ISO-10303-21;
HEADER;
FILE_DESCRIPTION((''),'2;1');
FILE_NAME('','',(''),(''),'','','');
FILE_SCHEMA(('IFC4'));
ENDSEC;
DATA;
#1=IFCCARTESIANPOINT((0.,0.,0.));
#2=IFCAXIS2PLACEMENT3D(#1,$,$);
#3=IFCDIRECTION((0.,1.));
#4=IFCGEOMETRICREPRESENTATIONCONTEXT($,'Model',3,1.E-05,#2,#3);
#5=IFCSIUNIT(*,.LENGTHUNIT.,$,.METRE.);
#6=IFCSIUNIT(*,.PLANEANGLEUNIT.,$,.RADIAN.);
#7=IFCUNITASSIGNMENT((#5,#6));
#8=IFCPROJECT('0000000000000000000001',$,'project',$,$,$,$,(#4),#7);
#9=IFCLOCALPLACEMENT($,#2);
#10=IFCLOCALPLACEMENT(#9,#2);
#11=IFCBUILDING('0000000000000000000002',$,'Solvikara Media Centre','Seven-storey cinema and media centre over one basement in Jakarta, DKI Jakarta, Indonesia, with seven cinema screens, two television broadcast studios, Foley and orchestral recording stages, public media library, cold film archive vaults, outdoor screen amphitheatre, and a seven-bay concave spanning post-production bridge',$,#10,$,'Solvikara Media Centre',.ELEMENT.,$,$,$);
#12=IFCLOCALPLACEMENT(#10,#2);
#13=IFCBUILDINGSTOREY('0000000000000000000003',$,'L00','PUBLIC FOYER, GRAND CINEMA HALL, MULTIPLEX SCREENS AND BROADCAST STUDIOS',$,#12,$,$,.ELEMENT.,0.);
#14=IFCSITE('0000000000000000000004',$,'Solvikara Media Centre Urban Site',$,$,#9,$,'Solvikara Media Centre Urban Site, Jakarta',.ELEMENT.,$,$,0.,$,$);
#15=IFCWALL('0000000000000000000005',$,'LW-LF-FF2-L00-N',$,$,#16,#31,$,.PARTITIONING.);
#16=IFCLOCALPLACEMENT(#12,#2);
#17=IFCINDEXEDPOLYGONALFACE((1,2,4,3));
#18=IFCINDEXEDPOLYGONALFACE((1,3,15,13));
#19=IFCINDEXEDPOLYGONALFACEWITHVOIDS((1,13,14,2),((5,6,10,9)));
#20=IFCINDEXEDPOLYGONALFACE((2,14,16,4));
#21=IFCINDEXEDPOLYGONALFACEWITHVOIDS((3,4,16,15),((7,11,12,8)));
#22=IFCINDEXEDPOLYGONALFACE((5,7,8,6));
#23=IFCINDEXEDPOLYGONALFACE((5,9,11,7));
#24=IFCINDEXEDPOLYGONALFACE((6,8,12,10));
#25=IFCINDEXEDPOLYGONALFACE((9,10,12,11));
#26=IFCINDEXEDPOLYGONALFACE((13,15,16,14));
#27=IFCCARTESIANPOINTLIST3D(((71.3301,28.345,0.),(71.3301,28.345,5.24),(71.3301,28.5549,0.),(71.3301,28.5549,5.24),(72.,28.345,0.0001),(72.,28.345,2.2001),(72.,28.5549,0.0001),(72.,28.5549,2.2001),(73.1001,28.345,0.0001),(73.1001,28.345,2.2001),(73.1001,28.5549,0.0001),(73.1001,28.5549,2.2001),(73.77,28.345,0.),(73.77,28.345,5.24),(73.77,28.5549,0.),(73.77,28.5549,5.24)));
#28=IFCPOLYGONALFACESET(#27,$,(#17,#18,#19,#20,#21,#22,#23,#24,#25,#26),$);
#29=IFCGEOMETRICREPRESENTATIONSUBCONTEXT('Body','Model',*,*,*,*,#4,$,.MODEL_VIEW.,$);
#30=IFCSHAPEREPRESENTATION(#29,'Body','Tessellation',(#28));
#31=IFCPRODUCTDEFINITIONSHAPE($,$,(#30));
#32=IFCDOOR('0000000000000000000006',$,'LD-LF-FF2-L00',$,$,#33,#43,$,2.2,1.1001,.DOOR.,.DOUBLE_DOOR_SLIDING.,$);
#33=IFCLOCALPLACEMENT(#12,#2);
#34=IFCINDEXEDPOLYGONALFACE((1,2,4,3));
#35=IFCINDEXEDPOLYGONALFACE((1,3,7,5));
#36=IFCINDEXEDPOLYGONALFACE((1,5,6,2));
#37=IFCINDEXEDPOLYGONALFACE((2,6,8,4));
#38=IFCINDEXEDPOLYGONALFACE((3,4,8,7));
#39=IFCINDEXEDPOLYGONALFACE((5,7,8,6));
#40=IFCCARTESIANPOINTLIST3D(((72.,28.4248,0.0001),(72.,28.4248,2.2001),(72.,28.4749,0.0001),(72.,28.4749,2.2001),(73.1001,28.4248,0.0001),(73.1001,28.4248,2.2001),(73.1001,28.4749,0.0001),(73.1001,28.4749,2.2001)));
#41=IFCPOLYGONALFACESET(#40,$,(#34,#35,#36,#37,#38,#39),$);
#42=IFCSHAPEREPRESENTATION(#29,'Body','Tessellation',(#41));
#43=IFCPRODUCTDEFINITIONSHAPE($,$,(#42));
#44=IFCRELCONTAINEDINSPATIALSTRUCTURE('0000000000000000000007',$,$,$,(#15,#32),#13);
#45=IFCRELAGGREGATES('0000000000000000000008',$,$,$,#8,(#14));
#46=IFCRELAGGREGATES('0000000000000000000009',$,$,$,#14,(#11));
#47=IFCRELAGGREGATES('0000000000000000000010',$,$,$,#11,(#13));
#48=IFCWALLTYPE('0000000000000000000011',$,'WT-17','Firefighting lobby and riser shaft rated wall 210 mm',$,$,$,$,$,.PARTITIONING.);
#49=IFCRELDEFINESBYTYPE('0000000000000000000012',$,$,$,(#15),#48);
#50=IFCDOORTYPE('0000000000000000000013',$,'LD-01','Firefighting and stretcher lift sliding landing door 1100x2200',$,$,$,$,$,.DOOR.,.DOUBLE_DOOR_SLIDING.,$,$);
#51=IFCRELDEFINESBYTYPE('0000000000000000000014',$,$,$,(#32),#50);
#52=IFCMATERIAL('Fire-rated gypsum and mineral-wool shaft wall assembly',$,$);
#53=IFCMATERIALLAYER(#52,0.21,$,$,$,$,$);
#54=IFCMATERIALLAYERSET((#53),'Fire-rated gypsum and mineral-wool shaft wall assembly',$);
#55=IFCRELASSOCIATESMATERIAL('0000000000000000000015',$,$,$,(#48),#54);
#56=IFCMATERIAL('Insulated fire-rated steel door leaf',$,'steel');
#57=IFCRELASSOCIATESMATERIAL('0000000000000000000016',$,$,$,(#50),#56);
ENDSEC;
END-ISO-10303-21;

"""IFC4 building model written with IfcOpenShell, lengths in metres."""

from ifc_helpers import new_model, si_unit, direction, frame, frame_2d, origin, place, context, subcontext, project, spatial, rectangle, extrude, material, layer, layer_set, type_object, element, fill, save


model = new_model("IFC4")

# Units and contexts
model_context = context("Model", 3, precision=1e-05, world=origin(), true_north=direction((0.0, 1.0)))
body_context = subcontext(model_context, "Body", "Model", "MODEL_VIEW")
ifc_project = project(units=[si_unit("LENGTHUNIT", "METRE"), si_unit("PLANEANGLEUNIT", "RADIAN")], contexts=[model_context])

# Site, building, storey
site_placement = place(None, origin())
site = spatial("IfcSite", under=ifc_project, at=site_placement, Name="Solvikara Media Centre Urban Site", LongName="Solvikara Media Centre Urban Site, Jakarta", CompositionType="ELEMENT", RefElevation=0.0)
building_placement = place(site_placement, origin())
building = spatial("IfcBuilding", under=site, at=building_placement, Name="Solvikara Media Centre", Description="Seven-storey cinema and media centre over one basement in Jakarta, DKI Jakarta, Indonesia, with seven cinema screens, two television broadcast studios, Foley and orchestral recording stages, public media library, cold film archive vaults, outdoor screen amphitheatre, and a seven-bay concave spanning post-production bridge", LongName="Solvikara Media Centre", CompositionType="ELEMENT")
storey_placement = place(building_placement, origin())
storey = spatial("IfcBuildingStorey", under=building, at=storey_placement, Name="L00", Description="PUBLIC FOYER, GRAND CINEMA HALL, MULTIPLEX SCREENS AND BROADCAST STUDIOS", CompositionType="ELEMENT", Elevation=0.0)

# Shared definitions
ifc_material_1 = material(Name="Insulated fire-rated steel door leaf", Category="steel")

# Shared definitions
ifc_material_2 = material(Name="Fire-rated gypsum and mineral-wool shaft wall assembly")
ifc_layer_1 = layer(ifc_material_2, 0.21)
ifc_layer_set_1 = layer_set([ifc_layer_1], Name="Fire-rated gypsum and mineral-wool shaft wall assembly")
wall_type_1 = type_object("IfcWallType", Name="WT-17", Description="Firefighting lobby and riser shaft rated wall 210 mm", PredefinedType="PARTITIONING", material=ifc_layer_set_1)

# Wall, opening, door
wall_1_placement = place(storey_placement, frame((71.3301, 28.45, 0.0), z_axis=(0.0, 0.0, 1.0), x_axis=(1.0, 0.0, 0.0)))
wall_1 = element("IfcWall", 1, at=wall_1_placement, inside=storey, type_object=wall_type_1, Name="LW-LF-FF2-L00-N", PredefinedType="PARTITIONING", context=body_context, shape_type="SweptSolid", body=[
    extrude(rectangle(XDim=2.4399, YDim=0.21, at=frame_2d((1.22, 0.0))), origin(), (0.0, 0.0, 1.0), 5.24),
])
opening_1_placement = place(wall_1_placement, frame((0.6699, 0.0, 0.0)))
opening_1 = element("IfcOpeningElement", 2, at=opening_1_placement, cuts=wall_1, PredefinedType="OPENING", context=body_context, shape_type="SweptSolid", body=[
    extrude(rectangle(XDim=1.1001, YDim=2.2, at=frame_2d((0.55, 1.1001))), frame((0.0, 0.1169, 0.0), z_axis=(0.0, -1.0, 0.0), x_axis=(1.0, 0.0, 0.0)), (0.0, 0.0, 1.0), 0.2339),
])
door_type_1 = type_object("IfcDoorType", Name="LD-01", Description="Firefighting and stretcher lift sliding landing door 1100x2200", OperationType="DOUBLE_DOOR_SLIDING", PredefinedType="DOOR", material=ifc_material_1)
door_1_placement = place(opening_1_placement, origin())
door_1 = element("IfcDoor", 3, at=door_1_placement, inside=storey, type_object=door_type_1, Name="LD-LF-FF2-L00", OperationType="DOUBLE_DOOR_SLIDING", OverallHeight=2.2, OverallWidth=1.1001, PredefinedType="DOOR", context=body_context, shape_type="SweptSolid", body=[
    extrude(rectangle(XDim=1.1001, YDim=2.2, at=frame_2d((0.55, 1.1001))), frame((0.0, 0.0249, 0.0), z_axis=(0.0, -1.0, 0.0), x_axis=(1.0, 0.0, 0.0)), (0.0, 0.0, 1.0), 0.05),
])
fill(opening_1, door_1)

save(model, "model.ifc")
